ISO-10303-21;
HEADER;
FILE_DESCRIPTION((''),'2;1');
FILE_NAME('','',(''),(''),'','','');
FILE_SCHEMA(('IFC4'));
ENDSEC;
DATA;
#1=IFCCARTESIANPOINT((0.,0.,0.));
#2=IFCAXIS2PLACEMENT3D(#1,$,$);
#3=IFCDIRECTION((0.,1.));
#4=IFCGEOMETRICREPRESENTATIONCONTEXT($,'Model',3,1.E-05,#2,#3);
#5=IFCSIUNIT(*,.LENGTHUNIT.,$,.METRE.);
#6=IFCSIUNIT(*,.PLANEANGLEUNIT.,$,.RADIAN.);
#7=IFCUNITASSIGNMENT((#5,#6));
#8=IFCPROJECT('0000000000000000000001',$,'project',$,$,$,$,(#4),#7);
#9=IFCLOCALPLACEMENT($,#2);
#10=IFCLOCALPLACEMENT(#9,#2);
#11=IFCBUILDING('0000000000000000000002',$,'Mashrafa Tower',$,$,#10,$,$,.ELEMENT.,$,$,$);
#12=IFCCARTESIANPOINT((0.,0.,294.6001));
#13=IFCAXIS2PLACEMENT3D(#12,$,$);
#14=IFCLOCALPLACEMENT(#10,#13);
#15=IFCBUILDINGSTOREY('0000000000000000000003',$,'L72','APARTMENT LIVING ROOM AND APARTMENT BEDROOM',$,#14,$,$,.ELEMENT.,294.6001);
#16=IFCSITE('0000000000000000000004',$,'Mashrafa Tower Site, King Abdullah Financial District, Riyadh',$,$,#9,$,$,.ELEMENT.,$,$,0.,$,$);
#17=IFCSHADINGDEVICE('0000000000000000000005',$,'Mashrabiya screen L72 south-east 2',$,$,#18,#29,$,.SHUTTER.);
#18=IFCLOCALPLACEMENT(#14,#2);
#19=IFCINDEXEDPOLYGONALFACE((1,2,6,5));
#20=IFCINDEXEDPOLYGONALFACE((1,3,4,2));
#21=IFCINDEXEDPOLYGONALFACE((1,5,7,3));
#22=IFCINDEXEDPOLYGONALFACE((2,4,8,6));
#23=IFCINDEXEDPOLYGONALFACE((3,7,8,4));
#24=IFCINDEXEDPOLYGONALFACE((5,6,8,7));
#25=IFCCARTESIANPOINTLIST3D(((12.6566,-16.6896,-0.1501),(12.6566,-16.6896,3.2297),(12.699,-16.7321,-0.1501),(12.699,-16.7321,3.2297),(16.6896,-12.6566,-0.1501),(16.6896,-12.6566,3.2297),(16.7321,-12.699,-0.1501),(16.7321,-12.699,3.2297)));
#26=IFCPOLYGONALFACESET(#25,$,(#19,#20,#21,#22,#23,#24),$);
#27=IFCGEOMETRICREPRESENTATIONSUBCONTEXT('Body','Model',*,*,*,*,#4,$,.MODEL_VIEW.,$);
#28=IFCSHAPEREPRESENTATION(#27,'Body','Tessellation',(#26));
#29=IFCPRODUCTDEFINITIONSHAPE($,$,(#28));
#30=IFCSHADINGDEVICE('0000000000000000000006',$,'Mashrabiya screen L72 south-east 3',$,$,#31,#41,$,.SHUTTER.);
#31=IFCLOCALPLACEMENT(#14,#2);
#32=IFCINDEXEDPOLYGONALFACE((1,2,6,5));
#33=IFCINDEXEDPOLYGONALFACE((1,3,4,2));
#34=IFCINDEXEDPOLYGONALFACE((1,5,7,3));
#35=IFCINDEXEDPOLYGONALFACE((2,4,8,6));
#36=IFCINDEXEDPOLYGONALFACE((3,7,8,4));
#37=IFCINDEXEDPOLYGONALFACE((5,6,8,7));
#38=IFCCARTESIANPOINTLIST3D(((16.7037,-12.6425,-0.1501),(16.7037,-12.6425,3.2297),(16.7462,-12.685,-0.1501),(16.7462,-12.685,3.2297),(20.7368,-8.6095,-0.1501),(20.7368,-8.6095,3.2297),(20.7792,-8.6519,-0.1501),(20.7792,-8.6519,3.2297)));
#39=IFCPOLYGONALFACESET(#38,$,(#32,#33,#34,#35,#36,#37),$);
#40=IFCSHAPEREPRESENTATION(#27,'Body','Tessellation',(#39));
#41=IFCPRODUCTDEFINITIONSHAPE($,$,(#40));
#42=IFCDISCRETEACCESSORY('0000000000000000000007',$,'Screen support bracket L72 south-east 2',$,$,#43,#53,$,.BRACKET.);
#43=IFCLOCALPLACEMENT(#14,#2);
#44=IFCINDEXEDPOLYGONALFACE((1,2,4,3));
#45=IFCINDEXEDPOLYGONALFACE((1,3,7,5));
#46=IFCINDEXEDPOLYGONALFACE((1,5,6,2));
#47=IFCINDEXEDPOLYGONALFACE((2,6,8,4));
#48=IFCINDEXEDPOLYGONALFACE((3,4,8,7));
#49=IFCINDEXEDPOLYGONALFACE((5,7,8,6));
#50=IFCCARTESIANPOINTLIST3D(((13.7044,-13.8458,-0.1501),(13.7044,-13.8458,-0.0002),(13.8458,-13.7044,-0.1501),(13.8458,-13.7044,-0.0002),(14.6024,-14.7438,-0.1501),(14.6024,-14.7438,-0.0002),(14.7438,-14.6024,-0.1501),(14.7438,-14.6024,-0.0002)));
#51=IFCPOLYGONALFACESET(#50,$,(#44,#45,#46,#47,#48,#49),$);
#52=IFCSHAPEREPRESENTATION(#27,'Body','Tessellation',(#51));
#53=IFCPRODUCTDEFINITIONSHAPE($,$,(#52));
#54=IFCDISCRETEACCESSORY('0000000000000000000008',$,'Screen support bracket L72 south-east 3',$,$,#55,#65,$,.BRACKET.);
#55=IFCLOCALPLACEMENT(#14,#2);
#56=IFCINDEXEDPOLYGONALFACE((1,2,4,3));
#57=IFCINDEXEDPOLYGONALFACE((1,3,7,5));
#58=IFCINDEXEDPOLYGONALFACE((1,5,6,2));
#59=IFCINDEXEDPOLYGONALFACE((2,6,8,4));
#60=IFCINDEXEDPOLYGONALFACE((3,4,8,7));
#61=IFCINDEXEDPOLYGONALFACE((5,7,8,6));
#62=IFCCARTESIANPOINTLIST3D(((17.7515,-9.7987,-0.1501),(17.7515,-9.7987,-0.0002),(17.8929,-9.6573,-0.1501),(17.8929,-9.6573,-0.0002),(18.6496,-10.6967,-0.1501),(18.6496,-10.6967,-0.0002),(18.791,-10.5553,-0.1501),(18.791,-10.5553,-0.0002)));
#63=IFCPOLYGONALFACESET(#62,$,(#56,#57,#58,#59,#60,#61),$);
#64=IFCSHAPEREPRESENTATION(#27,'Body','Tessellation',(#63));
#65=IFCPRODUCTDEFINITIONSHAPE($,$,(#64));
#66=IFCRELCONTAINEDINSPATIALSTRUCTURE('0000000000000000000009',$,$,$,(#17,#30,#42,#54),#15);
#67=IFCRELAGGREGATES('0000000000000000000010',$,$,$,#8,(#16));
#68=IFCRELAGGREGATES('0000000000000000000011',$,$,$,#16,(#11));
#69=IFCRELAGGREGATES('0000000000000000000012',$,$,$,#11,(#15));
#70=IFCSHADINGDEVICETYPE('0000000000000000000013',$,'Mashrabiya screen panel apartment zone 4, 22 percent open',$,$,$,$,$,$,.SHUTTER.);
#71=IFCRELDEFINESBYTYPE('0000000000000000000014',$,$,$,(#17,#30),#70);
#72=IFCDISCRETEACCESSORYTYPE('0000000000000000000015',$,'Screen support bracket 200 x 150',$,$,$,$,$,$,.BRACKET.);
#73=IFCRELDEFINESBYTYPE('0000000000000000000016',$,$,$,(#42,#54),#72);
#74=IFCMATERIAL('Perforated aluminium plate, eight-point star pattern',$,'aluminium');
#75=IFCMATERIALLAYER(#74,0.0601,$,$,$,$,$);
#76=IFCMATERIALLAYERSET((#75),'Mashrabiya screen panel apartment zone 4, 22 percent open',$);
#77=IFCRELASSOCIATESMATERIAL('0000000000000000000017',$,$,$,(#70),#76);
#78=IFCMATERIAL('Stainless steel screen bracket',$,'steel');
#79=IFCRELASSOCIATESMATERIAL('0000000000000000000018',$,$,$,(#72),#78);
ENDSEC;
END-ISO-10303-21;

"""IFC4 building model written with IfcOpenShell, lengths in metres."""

from ifc_helpers import new_model, si_unit, direction, frame, origin, origin_2d, place, context, subcontext, project, spatial, rectangle, extrude, source, transform, mapped, material, layer, layer_set, type_object, type_shapes, element, save


model = new_model("IFC4")

# Units and contexts
model_context = context("Model", 3, precision=1e-05, world=origin(), true_north=direction((0.0, 1.0)))
body_context = subcontext(model_context, "Body", "Model", "MODEL_VIEW")
ifc_project = project(units=[si_unit("LENGTHUNIT", "METRE"), si_unit("PLANEANGLEUNIT", "RADIAN")], contexts=[model_context])

# Site, building, storey
site_placement = place(None, origin())
site = spatial("IfcSite", under=ifc_project, at=site_placement, Name="Mashrafa Tower Site, King Abdullah Financial District, Riyadh", CompositionType="ELEMENT", RefElevation=0.0)
building_placement = place(site_placement, origin())
building = spatial("IfcBuilding", under=site, at=building_placement, Name="Mashrafa Tower", CompositionType="ELEMENT")
storey_placement = place(building_placement, frame((0.0, 0.0, 294.6001)))
storey = spatial("IfcBuildingStorey", under=building, at=storey_placement, Name="L72", Description="APARTMENT LIVING ROOM AND APARTMENT BEDROOM", CompositionType="ELEMENT", Elevation=294.6001)

# Shading devices
ifc_material_1 = material(Name="Perforated aluminium plate, eight-point star pattern", Category="aluminium")
ifc_layer_1 = layer(ifc_material_1, 0.0601)
ifc_layer_set_1 = layer_set([ifc_layer_1], Name="Mashrabiya screen panel apartment zone 4, 22 percent open")
shading_device_type = type_object("IfcShadingDeviceType", Name="Mashrabiya screen panel apartment zone 4, 22 percent open", PredefinedType="SHUTTER", material=ifc_layer_set_1)
shared_shape_1 = source(origin(), body_context, "Body", "SweptSolid", [
    extrude(rectangle(XDim=5.7036, YDim=0.0601, at=origin_2d()), origin(), (0.0, 0.0, 1.0), 3.3799),
])
type_shapes(shading_device_type, [shared_shape_1])
for number, where, z_axis, x_axis, name in (
    (1, (14.6943, -14.6943, -0.1501), (0.0, 0.0, 1.0), (0.707107, 0.707107, 0.0), "Mashrabiya screen L72 south-east 2"),
    (2, (18.7415, -10.6472, -0.1501), (0.0, 0.0, 1.0), (0.707107, 0.707107, 0.0), "Mashrabiya screen L72 south-east 3"),
):
    element("IfcShadingDevice", number, at=place(storey_placement, frame(where, z_axis=z_axis, x_axis=x_axis)), inside=storey, type_object=shading_device_type, Name=name, PredefinedType="SHUTTER", context=body_context, shape_type="MappedRepresentation", body=[
        mapped(shared_shape_1, transform((0.0, 0.0, 0.0))),
    ])

# Discrete accessories
ifc_material_2 = material(Name="Stainless steel screen bracket", Category="steel")
discrete_accessory_type = type_object("IfcDiscreteAccessoryType", Name="Screen support bracket 200 x 150", PredefinedType="BRACKET", material=ifc_material_2)
shared_shape_2 = source(origin(), body_context, "Body", "SweptSolid", [
    extrude(rectangle(XDim=0.2, YDim=1.27, at=origin_2d()), origin(), (0.0, 0.0, 1.0), 0.1499),
])
type_shapes(discrete_accessory_type, [shared_shape_2])
for number, where, z_axis, x_axis, name in (
    (3, (14.2241, -14.2241, -0.1501), (0.0, 0.0, 1.0), (0.707107, 0.707107, 0.0), "Screen support bracket L72 south-east 2"),
    (4, (18.2712, -10.177, -0.1501), (0.0, 0.0, 1.0), (0.707107, 0.707107, 0.0), "Screen support bracket L72 south-east 3"),
):
    element("IfcDiscreteAccessory", number, at=place(storey_placement, frame(where, z_axis=z_axis, x_axis=x_axis)), inside=storey, type_object=discrete_accessory_type, Name=name, PredefinedType="BRACKET", context=body_context, shape_type="MappedRepresentation", body=[
        mapped(shared_shape_2, transform((0.0, 0.0, 0.0))),
    ])

save(model, "model.ifc")
